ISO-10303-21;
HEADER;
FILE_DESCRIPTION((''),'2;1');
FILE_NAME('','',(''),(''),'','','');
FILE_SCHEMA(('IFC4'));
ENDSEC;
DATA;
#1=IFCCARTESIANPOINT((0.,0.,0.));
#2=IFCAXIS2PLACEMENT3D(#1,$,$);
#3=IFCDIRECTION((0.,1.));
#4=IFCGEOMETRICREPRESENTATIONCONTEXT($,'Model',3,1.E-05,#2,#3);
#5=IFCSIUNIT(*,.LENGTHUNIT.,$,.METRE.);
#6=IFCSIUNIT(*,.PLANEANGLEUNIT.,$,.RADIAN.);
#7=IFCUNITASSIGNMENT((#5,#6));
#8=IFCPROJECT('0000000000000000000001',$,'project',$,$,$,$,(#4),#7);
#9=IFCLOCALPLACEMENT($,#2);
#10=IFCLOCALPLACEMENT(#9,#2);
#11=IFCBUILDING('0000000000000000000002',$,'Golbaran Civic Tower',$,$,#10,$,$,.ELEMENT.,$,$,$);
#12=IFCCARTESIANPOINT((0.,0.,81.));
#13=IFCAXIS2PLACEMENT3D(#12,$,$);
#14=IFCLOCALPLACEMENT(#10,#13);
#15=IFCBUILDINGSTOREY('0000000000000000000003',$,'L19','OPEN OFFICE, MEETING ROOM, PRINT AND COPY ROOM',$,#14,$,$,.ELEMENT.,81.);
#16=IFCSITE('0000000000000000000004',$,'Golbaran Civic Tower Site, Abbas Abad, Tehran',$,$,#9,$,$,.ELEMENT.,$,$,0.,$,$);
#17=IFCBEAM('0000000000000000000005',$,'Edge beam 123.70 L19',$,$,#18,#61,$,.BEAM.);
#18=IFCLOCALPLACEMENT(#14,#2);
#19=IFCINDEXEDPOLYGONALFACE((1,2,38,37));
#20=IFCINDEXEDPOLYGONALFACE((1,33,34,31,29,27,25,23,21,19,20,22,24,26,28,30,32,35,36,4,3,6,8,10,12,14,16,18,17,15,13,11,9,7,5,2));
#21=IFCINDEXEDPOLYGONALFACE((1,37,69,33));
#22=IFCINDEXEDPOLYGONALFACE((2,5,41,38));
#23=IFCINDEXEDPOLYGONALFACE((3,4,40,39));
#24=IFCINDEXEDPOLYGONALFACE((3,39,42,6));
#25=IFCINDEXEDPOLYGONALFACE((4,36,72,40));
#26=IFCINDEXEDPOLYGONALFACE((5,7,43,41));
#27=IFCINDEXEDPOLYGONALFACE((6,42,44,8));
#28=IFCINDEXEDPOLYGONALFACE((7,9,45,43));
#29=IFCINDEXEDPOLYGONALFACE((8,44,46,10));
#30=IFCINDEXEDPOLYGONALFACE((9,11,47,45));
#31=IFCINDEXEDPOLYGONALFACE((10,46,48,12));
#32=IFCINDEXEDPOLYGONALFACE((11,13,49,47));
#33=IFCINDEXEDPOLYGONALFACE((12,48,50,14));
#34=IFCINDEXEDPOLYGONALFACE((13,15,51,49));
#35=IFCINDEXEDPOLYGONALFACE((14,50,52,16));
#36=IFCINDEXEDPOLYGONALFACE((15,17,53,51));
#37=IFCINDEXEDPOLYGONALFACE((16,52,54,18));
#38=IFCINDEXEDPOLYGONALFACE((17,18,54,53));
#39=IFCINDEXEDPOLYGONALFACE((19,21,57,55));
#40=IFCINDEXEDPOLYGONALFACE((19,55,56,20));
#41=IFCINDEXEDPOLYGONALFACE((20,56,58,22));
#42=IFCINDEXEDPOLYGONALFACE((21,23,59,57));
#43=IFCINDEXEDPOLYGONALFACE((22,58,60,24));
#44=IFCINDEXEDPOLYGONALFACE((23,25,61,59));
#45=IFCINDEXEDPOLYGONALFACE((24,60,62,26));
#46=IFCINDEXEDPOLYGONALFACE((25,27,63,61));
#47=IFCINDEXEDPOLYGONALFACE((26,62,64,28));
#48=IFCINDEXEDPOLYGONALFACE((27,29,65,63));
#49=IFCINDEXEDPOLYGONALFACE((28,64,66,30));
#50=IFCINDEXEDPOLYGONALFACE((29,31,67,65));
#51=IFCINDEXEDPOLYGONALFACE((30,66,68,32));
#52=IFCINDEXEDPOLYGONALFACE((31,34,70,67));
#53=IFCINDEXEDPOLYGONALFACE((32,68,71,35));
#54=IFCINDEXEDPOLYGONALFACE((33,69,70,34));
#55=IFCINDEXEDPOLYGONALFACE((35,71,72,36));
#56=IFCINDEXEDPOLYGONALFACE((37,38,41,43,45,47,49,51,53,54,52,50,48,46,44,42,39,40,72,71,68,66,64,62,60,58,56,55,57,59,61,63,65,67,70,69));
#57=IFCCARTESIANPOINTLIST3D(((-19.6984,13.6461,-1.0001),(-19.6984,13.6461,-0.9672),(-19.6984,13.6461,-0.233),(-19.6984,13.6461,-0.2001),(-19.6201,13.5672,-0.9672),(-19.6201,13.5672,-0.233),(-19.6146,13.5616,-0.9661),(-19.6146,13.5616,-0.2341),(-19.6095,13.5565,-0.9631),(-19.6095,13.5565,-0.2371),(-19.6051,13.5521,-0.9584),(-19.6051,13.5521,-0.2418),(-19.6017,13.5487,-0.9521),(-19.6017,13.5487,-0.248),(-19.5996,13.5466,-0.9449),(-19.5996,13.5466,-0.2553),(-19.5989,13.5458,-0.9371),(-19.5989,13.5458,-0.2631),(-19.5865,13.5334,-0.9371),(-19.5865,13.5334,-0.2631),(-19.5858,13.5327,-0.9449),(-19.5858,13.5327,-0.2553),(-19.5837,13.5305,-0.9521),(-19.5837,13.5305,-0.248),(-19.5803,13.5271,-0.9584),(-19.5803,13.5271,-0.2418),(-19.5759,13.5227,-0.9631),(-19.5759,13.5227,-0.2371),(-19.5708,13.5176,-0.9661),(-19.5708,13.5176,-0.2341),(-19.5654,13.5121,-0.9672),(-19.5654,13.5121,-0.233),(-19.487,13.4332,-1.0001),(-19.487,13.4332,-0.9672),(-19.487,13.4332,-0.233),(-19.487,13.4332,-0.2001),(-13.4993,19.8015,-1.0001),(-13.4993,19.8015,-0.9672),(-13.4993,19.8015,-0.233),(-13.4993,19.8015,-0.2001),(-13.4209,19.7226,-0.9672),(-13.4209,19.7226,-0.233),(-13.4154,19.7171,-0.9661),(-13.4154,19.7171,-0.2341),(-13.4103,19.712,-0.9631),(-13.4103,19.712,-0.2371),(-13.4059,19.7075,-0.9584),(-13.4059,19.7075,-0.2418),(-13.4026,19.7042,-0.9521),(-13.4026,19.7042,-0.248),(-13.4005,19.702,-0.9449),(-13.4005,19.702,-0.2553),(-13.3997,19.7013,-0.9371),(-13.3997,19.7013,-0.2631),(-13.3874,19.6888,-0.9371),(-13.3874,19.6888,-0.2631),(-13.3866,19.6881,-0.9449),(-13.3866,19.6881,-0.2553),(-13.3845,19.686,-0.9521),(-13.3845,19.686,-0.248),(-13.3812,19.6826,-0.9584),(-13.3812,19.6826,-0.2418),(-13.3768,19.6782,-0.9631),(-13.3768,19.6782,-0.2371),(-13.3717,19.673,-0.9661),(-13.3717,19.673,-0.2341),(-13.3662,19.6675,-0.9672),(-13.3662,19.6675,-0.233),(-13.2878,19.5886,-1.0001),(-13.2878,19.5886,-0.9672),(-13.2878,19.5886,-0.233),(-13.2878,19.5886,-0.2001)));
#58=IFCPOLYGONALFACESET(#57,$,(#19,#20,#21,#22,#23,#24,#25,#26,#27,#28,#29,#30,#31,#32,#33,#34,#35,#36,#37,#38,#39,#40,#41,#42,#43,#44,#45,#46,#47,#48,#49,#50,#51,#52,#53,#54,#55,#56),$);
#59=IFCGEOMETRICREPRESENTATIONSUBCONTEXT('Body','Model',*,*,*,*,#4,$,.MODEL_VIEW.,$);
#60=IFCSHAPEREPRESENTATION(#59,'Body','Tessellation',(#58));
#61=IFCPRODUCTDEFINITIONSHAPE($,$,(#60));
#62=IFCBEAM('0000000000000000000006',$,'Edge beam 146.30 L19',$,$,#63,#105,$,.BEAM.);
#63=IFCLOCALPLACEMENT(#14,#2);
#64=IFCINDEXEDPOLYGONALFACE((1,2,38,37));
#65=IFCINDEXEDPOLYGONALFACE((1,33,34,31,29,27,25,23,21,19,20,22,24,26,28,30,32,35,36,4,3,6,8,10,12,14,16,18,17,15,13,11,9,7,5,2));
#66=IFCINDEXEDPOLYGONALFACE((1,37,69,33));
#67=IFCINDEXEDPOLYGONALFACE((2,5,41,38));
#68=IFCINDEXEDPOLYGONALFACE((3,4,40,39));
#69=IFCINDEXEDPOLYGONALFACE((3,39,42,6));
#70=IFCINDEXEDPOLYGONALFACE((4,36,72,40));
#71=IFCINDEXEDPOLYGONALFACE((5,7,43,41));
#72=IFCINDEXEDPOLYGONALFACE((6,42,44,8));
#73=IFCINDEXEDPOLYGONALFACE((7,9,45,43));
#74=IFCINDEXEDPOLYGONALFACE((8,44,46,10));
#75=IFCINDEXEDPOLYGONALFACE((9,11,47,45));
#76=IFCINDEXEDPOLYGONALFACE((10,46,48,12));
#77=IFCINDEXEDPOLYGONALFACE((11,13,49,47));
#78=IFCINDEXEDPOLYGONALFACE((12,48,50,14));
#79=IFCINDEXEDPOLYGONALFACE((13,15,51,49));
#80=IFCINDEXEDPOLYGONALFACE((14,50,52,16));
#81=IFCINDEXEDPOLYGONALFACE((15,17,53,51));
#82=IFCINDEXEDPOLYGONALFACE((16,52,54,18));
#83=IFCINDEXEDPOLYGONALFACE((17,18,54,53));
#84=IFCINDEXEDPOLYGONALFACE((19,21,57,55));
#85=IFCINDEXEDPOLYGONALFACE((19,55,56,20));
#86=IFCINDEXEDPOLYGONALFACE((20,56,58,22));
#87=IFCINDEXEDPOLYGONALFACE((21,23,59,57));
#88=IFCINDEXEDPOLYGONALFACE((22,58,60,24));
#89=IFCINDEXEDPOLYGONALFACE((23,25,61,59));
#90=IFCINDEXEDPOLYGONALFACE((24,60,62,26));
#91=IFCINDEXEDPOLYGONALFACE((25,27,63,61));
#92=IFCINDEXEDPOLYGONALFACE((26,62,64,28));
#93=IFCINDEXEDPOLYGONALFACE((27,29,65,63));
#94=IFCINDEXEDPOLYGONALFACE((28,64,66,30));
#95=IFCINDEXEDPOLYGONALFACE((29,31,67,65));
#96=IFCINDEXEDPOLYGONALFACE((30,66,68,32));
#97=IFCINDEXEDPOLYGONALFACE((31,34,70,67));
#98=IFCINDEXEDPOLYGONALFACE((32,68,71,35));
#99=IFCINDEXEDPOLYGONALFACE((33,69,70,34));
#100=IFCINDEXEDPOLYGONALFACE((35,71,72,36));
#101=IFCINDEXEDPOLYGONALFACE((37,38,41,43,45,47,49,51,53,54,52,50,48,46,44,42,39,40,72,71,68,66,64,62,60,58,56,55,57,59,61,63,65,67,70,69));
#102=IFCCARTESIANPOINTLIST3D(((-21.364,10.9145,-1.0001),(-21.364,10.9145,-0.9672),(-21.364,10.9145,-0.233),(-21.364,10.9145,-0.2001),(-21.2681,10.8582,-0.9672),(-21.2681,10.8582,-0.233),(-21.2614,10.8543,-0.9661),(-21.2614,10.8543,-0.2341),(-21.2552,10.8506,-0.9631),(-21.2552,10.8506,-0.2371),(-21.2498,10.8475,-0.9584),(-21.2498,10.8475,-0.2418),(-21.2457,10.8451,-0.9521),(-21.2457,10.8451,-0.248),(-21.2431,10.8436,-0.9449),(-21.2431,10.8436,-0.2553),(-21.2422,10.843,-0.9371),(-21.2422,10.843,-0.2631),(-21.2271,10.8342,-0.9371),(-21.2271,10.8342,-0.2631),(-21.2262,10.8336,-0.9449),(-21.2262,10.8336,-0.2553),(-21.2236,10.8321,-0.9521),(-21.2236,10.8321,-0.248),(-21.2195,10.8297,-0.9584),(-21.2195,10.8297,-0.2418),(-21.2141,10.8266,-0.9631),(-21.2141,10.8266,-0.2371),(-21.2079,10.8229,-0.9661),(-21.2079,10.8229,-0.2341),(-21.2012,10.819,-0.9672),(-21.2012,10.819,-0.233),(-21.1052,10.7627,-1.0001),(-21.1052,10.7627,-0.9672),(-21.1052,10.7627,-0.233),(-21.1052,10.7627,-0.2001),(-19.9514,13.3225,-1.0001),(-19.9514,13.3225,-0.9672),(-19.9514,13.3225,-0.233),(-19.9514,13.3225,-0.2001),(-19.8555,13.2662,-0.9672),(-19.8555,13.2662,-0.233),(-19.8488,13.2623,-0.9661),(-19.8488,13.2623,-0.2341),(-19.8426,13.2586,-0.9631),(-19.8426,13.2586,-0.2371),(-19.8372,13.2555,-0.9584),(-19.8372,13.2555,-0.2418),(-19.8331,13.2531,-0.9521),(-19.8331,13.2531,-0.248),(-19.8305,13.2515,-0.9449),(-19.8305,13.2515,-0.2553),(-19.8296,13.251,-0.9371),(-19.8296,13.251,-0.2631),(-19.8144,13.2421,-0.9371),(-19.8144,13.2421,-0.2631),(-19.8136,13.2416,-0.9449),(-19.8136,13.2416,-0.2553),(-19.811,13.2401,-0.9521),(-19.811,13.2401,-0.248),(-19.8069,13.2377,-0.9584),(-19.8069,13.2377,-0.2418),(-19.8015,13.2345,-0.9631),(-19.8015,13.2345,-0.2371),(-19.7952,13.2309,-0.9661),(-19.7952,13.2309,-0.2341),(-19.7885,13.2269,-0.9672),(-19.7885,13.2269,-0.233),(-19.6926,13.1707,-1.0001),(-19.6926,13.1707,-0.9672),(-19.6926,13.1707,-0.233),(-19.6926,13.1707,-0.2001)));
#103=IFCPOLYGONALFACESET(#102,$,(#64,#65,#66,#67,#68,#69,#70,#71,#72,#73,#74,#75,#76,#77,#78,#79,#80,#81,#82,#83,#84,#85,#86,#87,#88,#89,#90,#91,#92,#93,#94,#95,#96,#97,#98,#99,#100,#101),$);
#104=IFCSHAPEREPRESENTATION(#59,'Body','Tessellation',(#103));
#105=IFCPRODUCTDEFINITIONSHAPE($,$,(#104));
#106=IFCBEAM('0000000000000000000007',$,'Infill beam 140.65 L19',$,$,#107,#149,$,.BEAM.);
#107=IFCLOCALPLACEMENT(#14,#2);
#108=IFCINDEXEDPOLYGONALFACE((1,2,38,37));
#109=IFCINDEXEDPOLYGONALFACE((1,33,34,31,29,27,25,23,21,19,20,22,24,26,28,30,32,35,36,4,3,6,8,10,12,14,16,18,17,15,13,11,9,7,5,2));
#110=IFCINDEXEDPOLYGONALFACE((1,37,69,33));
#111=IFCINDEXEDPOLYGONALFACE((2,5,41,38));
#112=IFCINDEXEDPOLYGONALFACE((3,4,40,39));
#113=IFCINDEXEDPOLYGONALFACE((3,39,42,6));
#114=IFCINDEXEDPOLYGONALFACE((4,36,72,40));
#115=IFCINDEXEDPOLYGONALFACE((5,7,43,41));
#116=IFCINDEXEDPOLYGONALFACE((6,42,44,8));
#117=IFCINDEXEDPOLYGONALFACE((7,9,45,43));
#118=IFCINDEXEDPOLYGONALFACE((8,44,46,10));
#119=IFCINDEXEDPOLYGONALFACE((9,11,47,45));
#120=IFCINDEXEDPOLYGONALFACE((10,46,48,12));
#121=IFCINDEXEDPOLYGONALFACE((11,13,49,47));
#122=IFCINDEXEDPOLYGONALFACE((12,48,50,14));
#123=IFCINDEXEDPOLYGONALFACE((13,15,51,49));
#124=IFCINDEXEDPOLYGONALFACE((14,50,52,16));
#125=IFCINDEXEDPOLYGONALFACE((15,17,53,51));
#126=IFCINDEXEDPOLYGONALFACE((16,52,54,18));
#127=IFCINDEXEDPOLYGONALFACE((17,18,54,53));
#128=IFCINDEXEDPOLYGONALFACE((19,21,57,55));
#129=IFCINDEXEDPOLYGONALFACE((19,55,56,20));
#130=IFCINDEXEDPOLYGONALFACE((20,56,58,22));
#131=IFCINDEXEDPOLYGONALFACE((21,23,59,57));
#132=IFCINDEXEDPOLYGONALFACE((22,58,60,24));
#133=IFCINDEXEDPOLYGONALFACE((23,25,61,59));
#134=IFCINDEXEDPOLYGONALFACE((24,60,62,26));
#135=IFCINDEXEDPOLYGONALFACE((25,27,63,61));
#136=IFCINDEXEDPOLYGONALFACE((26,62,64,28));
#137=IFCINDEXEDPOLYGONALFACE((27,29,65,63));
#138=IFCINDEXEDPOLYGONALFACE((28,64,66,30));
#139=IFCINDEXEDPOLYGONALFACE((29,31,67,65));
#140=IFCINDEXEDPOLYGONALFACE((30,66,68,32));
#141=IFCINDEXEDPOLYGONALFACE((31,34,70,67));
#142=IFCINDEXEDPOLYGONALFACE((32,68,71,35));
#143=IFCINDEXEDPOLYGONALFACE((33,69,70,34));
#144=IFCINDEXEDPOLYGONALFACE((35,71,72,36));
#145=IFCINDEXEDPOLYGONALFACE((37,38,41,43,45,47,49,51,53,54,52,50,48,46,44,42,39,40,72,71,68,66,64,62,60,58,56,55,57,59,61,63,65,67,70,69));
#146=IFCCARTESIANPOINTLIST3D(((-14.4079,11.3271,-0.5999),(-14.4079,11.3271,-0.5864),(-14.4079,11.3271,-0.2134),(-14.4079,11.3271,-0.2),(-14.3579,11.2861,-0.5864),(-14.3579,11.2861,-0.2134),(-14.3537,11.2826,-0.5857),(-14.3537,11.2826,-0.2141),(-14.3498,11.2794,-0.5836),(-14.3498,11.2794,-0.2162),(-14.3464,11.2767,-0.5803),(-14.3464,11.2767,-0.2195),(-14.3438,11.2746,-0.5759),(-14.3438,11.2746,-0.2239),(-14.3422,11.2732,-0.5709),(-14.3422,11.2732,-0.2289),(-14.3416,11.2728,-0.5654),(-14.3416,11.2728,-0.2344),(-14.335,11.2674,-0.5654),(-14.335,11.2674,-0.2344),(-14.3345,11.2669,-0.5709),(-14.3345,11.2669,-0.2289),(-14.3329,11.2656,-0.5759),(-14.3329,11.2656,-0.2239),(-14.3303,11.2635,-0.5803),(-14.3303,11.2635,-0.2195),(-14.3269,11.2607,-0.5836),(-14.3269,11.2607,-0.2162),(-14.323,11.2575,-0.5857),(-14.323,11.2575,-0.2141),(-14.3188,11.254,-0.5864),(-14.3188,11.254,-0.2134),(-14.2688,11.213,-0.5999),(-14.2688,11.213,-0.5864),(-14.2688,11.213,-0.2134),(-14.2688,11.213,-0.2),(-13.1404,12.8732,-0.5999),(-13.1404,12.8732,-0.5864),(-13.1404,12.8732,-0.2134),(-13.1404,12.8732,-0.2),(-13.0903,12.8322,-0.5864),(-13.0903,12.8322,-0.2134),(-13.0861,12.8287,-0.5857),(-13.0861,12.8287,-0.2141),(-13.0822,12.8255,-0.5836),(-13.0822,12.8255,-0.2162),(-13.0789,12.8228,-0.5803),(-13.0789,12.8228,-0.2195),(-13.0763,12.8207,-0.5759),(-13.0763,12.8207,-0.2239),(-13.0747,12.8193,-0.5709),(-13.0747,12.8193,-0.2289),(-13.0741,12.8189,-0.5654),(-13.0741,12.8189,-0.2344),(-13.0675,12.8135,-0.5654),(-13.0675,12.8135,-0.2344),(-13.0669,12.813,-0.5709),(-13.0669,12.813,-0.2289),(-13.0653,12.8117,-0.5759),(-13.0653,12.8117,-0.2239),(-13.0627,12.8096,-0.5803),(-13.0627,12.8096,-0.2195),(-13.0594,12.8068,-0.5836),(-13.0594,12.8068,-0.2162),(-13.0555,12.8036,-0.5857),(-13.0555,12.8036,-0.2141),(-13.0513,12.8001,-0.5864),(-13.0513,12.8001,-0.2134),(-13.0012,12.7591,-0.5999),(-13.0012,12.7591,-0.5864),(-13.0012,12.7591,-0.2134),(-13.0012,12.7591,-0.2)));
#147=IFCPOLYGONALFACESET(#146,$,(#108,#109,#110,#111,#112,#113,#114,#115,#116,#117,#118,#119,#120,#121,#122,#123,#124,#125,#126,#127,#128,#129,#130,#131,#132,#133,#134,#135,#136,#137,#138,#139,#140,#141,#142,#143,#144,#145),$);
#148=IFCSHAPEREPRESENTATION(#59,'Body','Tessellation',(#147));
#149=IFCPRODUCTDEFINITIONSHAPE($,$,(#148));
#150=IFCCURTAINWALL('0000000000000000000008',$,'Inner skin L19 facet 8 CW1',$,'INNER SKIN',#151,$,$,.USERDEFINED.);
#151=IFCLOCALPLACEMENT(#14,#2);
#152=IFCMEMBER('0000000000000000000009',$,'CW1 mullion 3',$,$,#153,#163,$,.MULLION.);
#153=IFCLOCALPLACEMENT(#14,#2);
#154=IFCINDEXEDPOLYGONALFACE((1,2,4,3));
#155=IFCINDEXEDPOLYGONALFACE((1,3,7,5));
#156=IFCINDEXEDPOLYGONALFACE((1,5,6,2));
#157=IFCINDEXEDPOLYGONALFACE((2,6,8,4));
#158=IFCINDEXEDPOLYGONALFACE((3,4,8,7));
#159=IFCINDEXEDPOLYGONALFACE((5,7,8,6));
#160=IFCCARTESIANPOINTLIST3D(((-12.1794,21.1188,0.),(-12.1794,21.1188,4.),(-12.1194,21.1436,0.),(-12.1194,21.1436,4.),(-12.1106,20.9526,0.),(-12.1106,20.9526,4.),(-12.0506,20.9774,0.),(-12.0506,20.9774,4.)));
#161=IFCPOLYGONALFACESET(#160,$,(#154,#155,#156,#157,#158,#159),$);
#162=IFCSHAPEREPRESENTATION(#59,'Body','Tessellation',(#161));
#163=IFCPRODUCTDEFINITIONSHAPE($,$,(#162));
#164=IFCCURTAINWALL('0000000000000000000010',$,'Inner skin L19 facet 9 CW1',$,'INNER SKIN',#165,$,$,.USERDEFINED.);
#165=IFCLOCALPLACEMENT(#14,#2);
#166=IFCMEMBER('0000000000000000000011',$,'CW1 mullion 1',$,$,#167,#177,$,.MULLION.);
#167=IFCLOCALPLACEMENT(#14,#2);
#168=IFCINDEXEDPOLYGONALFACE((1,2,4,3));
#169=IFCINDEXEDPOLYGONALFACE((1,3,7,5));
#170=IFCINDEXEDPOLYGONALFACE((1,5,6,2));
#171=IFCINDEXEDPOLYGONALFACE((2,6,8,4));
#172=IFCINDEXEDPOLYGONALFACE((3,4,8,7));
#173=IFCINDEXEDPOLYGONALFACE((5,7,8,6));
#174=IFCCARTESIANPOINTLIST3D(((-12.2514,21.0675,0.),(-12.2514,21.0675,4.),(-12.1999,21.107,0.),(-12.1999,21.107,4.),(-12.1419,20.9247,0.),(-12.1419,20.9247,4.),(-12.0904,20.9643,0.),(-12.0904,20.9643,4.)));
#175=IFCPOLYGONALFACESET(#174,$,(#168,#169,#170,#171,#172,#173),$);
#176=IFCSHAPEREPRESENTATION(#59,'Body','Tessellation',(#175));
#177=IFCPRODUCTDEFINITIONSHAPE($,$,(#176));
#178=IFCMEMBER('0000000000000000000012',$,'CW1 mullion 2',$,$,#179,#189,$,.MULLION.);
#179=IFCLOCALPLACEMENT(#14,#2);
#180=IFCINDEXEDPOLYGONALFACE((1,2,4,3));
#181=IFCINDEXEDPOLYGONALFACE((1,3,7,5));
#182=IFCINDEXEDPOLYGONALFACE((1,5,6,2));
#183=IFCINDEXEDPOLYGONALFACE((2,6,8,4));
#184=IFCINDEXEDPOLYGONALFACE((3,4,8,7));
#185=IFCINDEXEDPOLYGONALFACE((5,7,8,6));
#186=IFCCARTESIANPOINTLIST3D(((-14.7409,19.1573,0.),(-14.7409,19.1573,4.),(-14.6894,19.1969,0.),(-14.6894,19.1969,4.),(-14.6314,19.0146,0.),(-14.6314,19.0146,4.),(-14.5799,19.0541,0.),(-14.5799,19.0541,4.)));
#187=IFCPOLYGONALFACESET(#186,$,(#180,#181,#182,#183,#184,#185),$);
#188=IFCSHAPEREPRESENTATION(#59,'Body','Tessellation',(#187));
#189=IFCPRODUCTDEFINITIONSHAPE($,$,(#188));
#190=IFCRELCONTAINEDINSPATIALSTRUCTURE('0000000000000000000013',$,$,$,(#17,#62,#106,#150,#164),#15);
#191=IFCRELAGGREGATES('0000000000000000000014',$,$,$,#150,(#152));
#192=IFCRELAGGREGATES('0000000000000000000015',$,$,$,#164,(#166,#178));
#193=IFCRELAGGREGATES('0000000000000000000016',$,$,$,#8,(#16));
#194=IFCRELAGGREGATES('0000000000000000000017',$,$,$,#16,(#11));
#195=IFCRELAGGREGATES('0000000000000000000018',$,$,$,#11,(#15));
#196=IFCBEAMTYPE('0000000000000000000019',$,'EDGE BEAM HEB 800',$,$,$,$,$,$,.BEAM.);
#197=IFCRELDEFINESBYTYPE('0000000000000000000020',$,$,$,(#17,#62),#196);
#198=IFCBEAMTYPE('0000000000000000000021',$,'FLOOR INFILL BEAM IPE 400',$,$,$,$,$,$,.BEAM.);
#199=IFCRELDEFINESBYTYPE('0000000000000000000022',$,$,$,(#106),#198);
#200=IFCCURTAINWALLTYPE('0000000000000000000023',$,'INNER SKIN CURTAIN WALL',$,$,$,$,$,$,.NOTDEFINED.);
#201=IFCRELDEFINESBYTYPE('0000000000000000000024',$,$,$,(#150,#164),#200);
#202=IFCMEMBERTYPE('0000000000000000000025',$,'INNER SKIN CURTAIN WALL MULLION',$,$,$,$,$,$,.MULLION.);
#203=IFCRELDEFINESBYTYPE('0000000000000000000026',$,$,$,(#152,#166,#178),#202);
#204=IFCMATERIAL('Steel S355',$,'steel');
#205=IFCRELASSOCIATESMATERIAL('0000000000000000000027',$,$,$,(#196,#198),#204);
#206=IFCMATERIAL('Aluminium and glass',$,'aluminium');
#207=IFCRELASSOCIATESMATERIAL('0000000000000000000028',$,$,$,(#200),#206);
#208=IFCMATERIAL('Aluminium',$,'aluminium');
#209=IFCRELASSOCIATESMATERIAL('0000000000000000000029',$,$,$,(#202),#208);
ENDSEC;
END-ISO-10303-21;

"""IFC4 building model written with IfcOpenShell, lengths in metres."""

from ifc_helpers import new_model, si_unit, direction, frame, origin, origin_2d, place, context, subcontext, project, spatial, rectangle, i_section, extrude, material, material_profile, profile_set, type_object, element, aggregate, save


model = new_model("IFC4")

# Units and contexts
model_context = context("Model", 3, precision=1e-05, world=origin(), true_north=direction((0.0, 1.0)))
body_context = subcontext(model_context, "Body", "Model", "MODEL_VIEW")
ifc_project = project(units=[si_unit("LENGTHUNIT", "METRE"), si_unit("PLANEANGLEUNIT", "RADIAN")], contexts=[model_context])

# Site, building, storey
site_placement = place(None, origin())
site = spatial("IfcSite", under=ifc_project, at=site_placement, Name="Golbaran Civic Tower Site, Abbas Abad, Tehran", CompositionType="ELEMENT", RefElevation=0.0)
building_placement = place(site_placement, origin())
building = spatial("IfcBuilding", under=site, at=building_placement, Name="Golbaran Civic Tower", CompositionType="ELEMENT")
storey_placement = place(building_placement, frame((0.0, 0.0, 81.0)))
storey = spatial("IfcBuildingStorey", under=building, at=storey_placement, Name="L19", Description="OPEN OFFICE, MEETING ROOM, PRINT AND COPY ROOM", CompositionType="ELEMENT", Elevation=81.0)

# Beams
ifc_material_1 = material(Name="Steel S355", Category="steel")
ifc_material_profile_1 = material_profile(ifc_material_1, i_section(OverallWidth=0.3, OverallDepth=0.8, WebThickness=0.0176, FlangeThickness=0.033, FilletRadius=0.03, at=origin_2d()), Name="HEB 800")
ifc_profile_set_1 = profile_set([ifc_material_profile_1], Name="Steel S355")
beam_type_1 = type_object("IfcBeamType", Name="EDGE BEAM HEB 800", PredefinedType="BEAM", material=ifc_profile_set_1)
beam_1_placement = place(storey_placement, frame((-13.3936, 19.6951, -0.6001), z_axis=(-0.709604, -0.704601, 0.0), x_axis=(0.704601, -0.709604, 0.0)))
element("IfcBeam", 1, at=beam_1_placement, inside=storey, type_object=beam_type_1, Name="Edge beam 123.70 L19", PredefinedType="BEAM", context=body_context, shape_type="SweptSolid", body=[
    extrude(i_section(OverallWidth=0.3, OverallDepth=0.8, WebThickness=0.0176, FlangeThickness=0.033, FilletRadius=0.03, at=origin_2d()), origin(), (0.0, 0.0, 1.0), 8.7361),
])
beam_2_placement = place(storey_placement, frame((-19.822, 13.2466, -0.6001), z_axis=(-0.505996, -0.862536, 0.0), x_axis=(0.862536, -0.505996, 0.0)))
element("IfcBeam", 2, at=beam_2_placement, inside=storey, type_object=beam_type_1, Name="Edge beam 146.30 L19", PredefinedType="BEAM", context=body_context, shape_type="SweptSolid", body=[
    extrude(i_section(OverallWidth=0.3, OverallDepth=0.8, WebThickness=0.0176, FlangeThickness=0.033, FilletRadius=0.03, at=origin_2d()), origin(), (0.0, 0.0, 1.0), 2.7917),
])
ifc_material_profile_2 = material_profile(ifc_material_1, i_section(OverallWidth=0.1799, OverallDepth=0.3999, WebThickness=0.0085, FlangeThickness=0.0134, FilletRadius=0.021, at=origin_2d()), Name="IPE 400")
ifc_profile_set_2 = profile_set([ifc_material_profile_2], Name="Steel S355")
beam_type_2 = type_object("IfcBeamType", Name="FLOOR INFILL BEAM IPE 400", PredefinedType="BEAM", material=ifc_profile_set_2)
beam_3_placement = place(storey_placement, frame((-13.0708, 12.8162, -0.3999), z_axis=(-0.634002, -0.773331, 0.0), x_axis=(0.773331, -0.634002, 0.0)))
element("IfcBeam", 3, at=beam_3_placement, inside=storey, type_object=beam_type_2, Name="Infill beam 140.65 L19", PredefinedType="BEAM", context=body_context, shape_type="SweptSolid", body=[
    extrude(i_section(OverallWidth=0.1799, OverallDepth=0.3999, WebThickness=0.0085, FlangeThickness=0.0134, FilletRadius=0.021, at=origin_2d()), origin(), (0.0, 0.0, 1.0), 1.9993),
])

# Curtain wall, member
ifc_material_2 = material(Name="Aluminium and glass", Category="aluminium")
curtain_wall_type = type_object("IfcCurtainWallType", Name="INNER SKIN CURTAIN WALL", PredefinedType="NOTDEFINED", material=ifc_material_2)
curtain_wall_1_placement = place(storey_placement, origin())
curtain_wall_1 = element("IfcCurtainWall", 4, at=curtain_wall_1_placement, inside=storey, type_object=curtain_wall_type, Name="Inner skin L19 facet 8 CW1", ObjectType="INNER SKIN", PredefinedType="USERDEFINED")
ifc_material_3 = material(Name="Aluminium", Category="aluminium")
ifc_material_profile_3 = material_profile(ifc_material_3, rectangle(XDim=0.1799, YDim=0.0649, at=origin_2d()), Name="INNER SKIN CURTAIN WALL MULLION")
ifc_profile_set_3 = profile_set([ifc_material_profile_3], Name="Aluminium")
member_type_1 = type_object("IfcMemberType", Name="INNER SKIN CURTAIN WALL MULLION", PredefinedType="MULLION", material=ifc_profile_set_3)
member_1_placement = place(storey_placement, frame((-12.115, 21.0481, 0.0), z_axis=(0.0, 0.0, 1.0), x_axis=(0.382683, -0.92388, 0.0)))
member_1 = element("IfcMember", 5, at=member_1_placement, type_object=member_type_1, Name="CW1 mullion 3", PredefinedType="MULLION", context=body_context, shape_type="SweptSolid", body=[
    extrude(rectangle(XDim=0.1799, YDim=0.0649, at=origin_2d()), origin(), (0.0, 0.0, 1.0), 4.0),
])
aggregate(curtain_wall_1, [member_1])

# Curtain wall, members
curtain_wall_2_placement = place(storey_placement, origin())
curtain_wall_2 = element("IfcCurtainWall", 6, at=curtain_wall_2_placement, inside=storey, type_object=curtain_wall_type, Name="Inner skin L19 facet 9 CW1", ObjectType="INNER SKIN", PredefinedType="USERDEFINED")
member_2_placement = place(storey_placement, frame((-12.1709, 21.0159, 0.0), z_axis=(0.0, 0.0, 1.0), x_axis=(0.608761, -0.793353, 0.0)))
member_2 = element("IfcMember", 7, at=member_2_placement, type_object=member_type_1, Name="CW1 mullion 1", PredefinedType="MULLION", context=body_context, shape_type="SweptSolid", body=[
    extrude(rectangle(XDim=0.1799, YDim=0.0649, at=origin_2d()), origin(), (0.0, 0.0, 1.0), 4.0),
])
member_3_placement = place(storey_placement, frame((-14.6604, 19.1057, 0.0), z_axis=(0.0, 0.0, 1.0), x_axis=(0.608761, -0.793353, 0.0)))
member_3 = element("IfcMember", 8, at=member_3_placement, type_object=member_type_1, Name="CW1 mullion 2", PredefinedType="MULLION", context=body_context, shape_type="SweptSolid", body=[
    extrude(rectangle(XDim=0.1799, YDim=0.0649, at=origin_2d()), origin(), (0.0, 0.0, 1.0), 4.0),
])

aggregate(curtain_wall_2, [member_2, member_3])

save(model, "model.ifc")
